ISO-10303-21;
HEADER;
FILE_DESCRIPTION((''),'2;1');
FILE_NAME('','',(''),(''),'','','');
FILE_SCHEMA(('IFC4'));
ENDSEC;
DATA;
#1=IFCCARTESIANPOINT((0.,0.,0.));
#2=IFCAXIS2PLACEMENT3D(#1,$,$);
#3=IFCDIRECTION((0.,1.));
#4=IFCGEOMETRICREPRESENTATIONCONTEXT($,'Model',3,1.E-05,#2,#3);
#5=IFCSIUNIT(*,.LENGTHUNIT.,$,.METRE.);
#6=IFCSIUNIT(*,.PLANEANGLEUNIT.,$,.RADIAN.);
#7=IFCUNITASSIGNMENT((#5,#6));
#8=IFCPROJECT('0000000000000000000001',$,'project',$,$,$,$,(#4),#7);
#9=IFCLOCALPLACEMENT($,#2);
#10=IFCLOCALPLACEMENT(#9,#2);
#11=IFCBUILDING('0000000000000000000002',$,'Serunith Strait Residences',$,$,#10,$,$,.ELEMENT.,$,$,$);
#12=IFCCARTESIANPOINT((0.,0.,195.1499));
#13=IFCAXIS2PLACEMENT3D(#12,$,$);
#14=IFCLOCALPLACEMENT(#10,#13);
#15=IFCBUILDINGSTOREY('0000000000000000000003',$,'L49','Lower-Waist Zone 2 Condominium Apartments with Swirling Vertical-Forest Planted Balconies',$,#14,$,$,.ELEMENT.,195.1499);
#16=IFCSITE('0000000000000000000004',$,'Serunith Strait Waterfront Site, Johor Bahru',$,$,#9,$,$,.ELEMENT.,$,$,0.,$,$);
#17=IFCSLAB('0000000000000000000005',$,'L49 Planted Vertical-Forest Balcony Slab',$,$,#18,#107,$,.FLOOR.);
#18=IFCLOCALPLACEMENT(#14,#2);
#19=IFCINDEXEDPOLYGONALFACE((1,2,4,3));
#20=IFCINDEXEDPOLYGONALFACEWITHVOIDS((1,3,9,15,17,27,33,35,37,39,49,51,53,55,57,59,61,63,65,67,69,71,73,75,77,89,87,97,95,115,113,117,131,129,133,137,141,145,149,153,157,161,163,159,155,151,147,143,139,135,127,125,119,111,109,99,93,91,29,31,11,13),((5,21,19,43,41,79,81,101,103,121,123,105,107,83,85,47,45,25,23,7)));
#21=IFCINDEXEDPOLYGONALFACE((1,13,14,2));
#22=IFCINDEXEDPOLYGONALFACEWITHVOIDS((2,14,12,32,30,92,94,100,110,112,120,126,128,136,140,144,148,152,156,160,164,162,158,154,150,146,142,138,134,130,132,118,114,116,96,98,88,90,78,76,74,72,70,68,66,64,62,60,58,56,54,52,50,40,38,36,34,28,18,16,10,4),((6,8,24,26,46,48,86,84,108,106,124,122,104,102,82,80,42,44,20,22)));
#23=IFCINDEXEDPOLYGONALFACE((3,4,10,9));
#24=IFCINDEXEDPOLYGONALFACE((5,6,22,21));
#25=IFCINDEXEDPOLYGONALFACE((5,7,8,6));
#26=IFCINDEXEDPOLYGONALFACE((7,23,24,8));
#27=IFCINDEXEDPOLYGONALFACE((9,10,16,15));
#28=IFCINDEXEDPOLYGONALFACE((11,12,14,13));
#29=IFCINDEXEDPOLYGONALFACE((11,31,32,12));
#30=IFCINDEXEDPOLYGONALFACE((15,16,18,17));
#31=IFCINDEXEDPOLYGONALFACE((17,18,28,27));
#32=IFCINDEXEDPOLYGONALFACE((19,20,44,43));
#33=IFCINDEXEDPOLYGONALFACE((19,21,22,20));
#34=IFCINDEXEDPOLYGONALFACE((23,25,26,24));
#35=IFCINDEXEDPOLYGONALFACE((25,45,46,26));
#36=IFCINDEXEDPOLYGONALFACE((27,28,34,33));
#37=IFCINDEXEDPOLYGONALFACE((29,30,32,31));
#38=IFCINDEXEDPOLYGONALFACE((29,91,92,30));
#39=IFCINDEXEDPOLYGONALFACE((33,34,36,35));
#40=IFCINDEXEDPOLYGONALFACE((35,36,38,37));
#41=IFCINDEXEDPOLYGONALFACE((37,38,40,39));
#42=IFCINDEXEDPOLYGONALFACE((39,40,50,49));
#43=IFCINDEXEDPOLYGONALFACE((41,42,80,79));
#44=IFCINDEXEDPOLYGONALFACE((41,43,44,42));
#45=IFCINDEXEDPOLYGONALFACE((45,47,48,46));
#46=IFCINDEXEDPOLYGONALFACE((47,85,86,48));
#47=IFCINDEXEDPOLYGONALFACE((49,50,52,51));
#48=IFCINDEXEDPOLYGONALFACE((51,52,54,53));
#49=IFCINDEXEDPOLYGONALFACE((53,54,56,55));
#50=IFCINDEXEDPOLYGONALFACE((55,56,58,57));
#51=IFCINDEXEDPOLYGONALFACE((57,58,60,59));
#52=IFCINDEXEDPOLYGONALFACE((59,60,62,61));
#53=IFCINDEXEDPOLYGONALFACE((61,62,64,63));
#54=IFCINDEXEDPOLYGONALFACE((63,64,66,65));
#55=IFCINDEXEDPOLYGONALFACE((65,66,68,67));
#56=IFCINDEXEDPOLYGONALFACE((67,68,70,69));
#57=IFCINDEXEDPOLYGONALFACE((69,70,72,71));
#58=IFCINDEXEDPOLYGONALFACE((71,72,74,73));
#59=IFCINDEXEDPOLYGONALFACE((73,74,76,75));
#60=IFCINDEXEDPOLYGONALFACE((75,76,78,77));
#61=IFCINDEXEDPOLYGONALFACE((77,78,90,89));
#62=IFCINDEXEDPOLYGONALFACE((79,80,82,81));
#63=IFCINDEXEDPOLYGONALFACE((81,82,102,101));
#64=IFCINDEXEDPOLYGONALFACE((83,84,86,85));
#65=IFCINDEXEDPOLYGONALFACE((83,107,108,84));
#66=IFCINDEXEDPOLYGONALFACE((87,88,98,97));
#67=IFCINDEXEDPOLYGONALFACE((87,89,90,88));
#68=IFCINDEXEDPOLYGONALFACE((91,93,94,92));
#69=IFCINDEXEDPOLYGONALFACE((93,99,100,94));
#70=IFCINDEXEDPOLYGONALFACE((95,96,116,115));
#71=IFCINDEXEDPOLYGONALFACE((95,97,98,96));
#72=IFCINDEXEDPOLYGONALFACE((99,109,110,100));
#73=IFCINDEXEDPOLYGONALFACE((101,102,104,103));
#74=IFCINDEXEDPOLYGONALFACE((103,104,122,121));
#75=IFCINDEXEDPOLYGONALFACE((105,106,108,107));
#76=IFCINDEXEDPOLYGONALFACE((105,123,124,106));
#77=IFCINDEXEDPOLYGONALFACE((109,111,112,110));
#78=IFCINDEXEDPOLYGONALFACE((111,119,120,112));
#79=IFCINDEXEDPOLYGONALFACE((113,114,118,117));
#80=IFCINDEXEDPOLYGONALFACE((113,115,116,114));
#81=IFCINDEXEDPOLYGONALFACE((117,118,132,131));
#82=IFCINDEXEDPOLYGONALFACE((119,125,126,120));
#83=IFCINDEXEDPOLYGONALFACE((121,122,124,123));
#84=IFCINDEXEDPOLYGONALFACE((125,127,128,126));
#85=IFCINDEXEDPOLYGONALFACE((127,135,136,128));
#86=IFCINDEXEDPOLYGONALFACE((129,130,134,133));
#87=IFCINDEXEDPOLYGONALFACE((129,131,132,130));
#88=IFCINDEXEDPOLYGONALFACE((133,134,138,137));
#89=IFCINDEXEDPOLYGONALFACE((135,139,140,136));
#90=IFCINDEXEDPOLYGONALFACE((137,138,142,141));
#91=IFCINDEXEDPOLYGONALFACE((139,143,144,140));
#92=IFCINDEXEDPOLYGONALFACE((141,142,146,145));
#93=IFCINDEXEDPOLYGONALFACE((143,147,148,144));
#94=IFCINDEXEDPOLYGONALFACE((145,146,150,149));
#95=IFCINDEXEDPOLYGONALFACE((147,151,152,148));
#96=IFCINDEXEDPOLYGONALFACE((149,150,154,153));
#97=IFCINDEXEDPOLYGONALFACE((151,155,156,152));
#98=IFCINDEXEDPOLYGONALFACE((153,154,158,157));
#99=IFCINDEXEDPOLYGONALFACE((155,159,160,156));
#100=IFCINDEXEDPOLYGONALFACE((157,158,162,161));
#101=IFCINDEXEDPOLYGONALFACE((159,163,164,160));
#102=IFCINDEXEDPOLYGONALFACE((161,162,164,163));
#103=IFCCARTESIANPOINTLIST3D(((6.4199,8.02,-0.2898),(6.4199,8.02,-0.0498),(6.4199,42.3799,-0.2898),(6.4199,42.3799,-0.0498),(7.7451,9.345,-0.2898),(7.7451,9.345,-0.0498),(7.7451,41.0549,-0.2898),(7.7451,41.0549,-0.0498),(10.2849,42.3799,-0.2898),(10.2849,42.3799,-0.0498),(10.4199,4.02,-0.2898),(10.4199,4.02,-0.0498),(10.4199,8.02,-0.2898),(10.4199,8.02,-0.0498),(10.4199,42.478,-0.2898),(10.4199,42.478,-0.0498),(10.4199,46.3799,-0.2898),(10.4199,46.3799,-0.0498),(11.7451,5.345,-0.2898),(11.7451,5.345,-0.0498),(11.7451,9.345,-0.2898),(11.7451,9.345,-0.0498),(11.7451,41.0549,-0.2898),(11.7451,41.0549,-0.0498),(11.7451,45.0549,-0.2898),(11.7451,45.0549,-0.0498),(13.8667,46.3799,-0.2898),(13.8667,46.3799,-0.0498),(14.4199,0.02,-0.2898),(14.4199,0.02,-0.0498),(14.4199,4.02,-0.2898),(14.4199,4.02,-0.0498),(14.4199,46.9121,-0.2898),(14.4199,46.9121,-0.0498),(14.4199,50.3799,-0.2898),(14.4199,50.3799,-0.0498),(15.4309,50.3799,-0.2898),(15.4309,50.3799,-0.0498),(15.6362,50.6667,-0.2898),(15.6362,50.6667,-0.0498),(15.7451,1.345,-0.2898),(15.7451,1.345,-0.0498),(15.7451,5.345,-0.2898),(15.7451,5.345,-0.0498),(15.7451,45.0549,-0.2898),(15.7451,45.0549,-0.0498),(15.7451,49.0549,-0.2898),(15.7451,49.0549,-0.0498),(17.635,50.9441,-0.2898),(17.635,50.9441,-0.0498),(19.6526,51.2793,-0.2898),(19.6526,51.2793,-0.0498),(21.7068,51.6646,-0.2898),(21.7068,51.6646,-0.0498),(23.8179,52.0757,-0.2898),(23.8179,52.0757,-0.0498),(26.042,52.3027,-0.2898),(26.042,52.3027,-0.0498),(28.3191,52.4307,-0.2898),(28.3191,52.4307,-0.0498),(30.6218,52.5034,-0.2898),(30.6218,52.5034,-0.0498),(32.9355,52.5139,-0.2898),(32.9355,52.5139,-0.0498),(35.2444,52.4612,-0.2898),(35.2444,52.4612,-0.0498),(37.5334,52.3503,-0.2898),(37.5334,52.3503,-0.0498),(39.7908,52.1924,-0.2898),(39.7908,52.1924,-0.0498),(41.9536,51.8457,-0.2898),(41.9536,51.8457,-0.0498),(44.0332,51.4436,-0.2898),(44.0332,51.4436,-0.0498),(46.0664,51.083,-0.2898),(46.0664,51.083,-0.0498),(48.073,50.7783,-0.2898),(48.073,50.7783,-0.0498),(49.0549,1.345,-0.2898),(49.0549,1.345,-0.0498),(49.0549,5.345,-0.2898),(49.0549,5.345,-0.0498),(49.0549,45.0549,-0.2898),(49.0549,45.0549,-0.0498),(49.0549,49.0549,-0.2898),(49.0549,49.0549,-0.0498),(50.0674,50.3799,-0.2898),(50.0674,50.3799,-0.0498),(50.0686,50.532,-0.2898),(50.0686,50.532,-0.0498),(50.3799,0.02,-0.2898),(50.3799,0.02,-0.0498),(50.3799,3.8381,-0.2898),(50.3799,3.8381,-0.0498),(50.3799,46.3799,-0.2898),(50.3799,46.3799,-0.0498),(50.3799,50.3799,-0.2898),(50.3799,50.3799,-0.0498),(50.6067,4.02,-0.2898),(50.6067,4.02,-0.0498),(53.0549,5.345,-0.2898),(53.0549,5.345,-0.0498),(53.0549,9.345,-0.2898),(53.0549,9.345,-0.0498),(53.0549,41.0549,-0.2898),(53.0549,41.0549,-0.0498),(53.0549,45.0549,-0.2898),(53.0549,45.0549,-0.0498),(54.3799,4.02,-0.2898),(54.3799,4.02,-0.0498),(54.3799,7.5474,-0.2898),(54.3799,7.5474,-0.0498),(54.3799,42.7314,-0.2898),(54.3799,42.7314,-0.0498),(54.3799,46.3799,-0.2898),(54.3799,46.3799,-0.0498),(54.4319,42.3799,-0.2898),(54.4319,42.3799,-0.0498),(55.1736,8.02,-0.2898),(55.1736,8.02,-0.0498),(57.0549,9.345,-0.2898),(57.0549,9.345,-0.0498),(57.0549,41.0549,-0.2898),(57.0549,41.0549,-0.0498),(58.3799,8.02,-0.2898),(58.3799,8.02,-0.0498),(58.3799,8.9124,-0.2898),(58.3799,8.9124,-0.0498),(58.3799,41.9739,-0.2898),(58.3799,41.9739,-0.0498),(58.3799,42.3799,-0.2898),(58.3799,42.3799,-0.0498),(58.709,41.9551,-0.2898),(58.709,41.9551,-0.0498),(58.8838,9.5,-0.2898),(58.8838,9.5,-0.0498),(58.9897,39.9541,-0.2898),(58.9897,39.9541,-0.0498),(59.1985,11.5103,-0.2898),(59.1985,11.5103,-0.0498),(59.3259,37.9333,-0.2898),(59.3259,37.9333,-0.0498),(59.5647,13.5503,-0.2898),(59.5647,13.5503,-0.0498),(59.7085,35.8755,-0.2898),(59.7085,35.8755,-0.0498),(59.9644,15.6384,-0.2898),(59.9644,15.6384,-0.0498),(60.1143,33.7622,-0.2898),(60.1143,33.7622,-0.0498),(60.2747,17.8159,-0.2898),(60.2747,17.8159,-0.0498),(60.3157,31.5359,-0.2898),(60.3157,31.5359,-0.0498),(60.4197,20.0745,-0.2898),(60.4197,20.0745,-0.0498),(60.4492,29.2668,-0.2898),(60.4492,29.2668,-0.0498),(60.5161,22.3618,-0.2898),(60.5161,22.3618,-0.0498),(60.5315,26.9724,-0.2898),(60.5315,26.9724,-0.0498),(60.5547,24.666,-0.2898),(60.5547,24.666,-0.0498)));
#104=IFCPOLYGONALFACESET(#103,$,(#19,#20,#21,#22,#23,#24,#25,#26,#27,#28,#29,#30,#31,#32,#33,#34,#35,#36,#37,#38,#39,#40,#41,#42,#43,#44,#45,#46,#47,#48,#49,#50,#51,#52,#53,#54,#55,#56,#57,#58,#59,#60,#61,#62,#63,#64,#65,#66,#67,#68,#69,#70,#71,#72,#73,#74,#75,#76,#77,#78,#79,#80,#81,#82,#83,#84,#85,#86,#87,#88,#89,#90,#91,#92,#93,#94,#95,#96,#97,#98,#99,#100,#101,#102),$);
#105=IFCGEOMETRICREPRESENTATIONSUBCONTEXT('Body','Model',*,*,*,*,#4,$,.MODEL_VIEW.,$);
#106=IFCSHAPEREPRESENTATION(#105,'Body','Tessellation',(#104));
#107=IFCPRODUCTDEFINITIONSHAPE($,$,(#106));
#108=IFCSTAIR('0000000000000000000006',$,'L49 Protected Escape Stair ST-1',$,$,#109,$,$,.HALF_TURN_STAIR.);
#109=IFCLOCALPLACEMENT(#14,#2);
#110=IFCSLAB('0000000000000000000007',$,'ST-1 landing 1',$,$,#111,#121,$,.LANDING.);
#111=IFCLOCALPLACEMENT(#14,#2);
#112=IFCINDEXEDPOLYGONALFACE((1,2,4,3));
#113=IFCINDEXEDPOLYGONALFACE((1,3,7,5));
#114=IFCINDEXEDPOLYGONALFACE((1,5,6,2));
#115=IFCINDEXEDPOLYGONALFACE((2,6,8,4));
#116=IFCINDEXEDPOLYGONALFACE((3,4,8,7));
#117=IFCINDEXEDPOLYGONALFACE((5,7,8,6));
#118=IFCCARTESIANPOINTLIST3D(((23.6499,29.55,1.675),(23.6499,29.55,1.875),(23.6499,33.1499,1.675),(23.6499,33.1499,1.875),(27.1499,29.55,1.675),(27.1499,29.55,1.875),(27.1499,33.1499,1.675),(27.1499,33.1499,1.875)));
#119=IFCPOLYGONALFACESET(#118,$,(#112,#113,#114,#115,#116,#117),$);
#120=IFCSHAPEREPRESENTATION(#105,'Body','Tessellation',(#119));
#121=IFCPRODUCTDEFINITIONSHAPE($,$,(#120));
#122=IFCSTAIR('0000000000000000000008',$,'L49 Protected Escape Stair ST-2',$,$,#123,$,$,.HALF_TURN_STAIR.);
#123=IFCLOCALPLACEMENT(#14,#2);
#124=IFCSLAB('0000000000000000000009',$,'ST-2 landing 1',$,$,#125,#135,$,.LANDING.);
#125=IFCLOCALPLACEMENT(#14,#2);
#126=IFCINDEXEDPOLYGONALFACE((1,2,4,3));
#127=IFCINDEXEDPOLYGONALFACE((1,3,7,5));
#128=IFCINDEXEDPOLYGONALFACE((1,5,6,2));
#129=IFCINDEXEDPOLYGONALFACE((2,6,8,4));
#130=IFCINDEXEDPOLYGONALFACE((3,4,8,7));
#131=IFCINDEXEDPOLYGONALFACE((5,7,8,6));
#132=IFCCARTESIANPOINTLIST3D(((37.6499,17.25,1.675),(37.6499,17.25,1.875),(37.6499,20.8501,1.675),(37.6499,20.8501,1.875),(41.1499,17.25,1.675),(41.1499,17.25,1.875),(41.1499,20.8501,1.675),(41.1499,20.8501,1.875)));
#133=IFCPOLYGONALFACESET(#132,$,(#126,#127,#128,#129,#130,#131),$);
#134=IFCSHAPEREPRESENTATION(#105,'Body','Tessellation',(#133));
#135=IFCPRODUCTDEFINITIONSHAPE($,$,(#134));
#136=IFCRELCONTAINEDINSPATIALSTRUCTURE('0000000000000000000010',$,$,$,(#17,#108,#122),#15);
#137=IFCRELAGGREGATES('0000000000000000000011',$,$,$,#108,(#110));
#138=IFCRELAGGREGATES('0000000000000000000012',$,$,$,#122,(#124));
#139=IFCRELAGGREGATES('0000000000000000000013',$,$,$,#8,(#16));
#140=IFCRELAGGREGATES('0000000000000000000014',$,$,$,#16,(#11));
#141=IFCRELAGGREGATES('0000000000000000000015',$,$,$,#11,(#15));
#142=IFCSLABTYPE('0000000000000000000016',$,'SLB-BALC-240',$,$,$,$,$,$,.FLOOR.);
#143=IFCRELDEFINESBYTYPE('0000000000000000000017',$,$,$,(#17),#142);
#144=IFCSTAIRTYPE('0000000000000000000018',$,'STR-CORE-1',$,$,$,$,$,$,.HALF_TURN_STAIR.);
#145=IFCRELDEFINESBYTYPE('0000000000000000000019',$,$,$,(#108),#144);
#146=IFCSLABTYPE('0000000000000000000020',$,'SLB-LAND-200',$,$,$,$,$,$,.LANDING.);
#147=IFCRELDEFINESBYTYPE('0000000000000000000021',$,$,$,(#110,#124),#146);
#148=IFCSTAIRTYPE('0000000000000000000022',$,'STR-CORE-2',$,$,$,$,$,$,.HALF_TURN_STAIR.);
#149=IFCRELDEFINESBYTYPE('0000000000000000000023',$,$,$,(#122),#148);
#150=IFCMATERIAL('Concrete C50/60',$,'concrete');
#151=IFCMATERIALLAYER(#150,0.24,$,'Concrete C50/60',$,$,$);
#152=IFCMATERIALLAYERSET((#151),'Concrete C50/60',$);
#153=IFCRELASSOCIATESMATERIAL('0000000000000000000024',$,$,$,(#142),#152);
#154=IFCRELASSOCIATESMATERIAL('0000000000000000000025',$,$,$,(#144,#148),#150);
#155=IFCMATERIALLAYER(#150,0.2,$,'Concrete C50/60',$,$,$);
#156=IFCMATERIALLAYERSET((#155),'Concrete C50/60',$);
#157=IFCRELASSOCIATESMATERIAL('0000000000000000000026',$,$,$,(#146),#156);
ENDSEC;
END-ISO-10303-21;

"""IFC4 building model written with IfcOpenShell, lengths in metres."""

from ifc_helpers import new_model, si_unit, direction, frame, origin, place, context, subcontext, project, spatial, polyline, outline, extrude, material, layer, layer_set, type_object, element, aggregate, save


model = new_model("IFC4")

# Units and contexts
model_context = context("Model", 3, precision=1e-05, world=origin(), true_north=direction((0.0, 1.0)))
body_context = subcontext(model_context, "Body", "Model", "MODEL_VIEW")
ifc_project = project(units=[si_unit("LENGTHUNIT", "METRE"), si_unit("PLANEANGLEUNIT", "RADIAN")], contexts=[model_context])

# Site, building, storey
site_placement = place(None, origin())
site = spatial("IfcSite", under=ifc_project, at=site_placement, Name="Serunith Strait Waterfront Site, Johor Bahru", CompositionType="ELEMENT", RefElevation=0.0)
building_placement = place(site_placement, origin())
building = spatial("IfcBuilding", under=site, at=building_placement, Name="Serunith Strait Residences", CompositionType="ELEMENT")
storey_placement = place(building_placement, frame((0.0, 0.0, 195.1499)))
storey = spatial("IfcBuildingStorey", under=building, at=storey_placement, Name="L49", Description="Lower-Waist Zone 2 Condominium Apartments with Swirling Vertical-Forest Planted Balconies", CompositionType="ELEMENT", Elevation=195.1499)

# Slab
ifc_material_1 = material(Name="Concrete C50/60", Category="concrete")
ifc_layer_1 = layer(ifc_material_1, 0.24, Name="Concrete C50/60")
ifc_layer_set_1 = layer_set([ifc_layer_1], Name="Concrete C50/60")
slab_type_1 = type_object("IfcSlabType", Name="SLB-BALC-240", PredefinedType="FLOOR", material=ifc_layer_set_1)
slab_1_placement = place(storey_placement, frame((0.0, 0.0, -0.2898)))
element("IfcSlab", 1, at=slab_1_placement, inside=storey, type_object=slab_type_1, Name="L49 Planted Vertical-Forest Balcony Slab", PredefinedType="FLOOR", context=body_context, shape_type="SweptSolid", body=[
    extrude(outline(polyline([(10.4199, 46.3799), (13.8667, 46.3799), (14.4199, 46.9121), (14.4199, 50.3799), (15.4309, 50.3799), (15.6362, 50.6667), (17.635, 50.9441), (19.6526, 51.2793), (21.7068, 51.6646), (23.8179, 52.0757), (26.042, 52.3027), (28.3191, 52.4307), (30.6218, 52.5034), (32.9355, 52.5139), (35.2444, 52.4612), (37.5334, 52.3503), (39.7908, 52.1924), (41.9536, 51.8457), (44.0332, 51.4436), (46.0664, 51.083), (48.073, 50.7783), (50.0686, 50.532), (50.0674, 50.3799), (50.3799, 50.3799), (50.3799, 46.3799), (54.3799, 46.3799), (54.3799, 42.7314), (54.4319, 42.3799), (58.3799, 42.3799), (58.3799, 41.9739), (58.709, 41.9551), (58.9897, 39.9541), (59.3259, 37.9333), (59.7085, 35.8755), (60.1143, 33.7622), (60.3157, 31.5359), (60.4492, 29.2668), (60.5315, 26.9724), (60.5547, 24.666), (60.5161, 22.3618), (60.4197, 20.0745), (60.2747, 17.8159), (59.9644, 15.6384), (59.5647, 13.5503), (59.1985, 11.5103), (58.8838, 9.5), (58.3799, 8.9124), (58.3799, 8.02), (55.1736, 8.02), (54.3799, 7.5474), (54.3799, 4.02), (50.6067, 4.02), (50.3799, 3.8381), (50.3799, 0.02), (14.4199, 0.02), (14.4199, 4.02), (10.4199, 4.02), (10.4199, 8.02), (6.4199, 8.02), (6.4199, 42.3799), (10.2849, 42.3799), (10.4199, 42.478), (10.4199, 46.3799)]), holes=[polyline([(49.0549, 1.345), (49.0549, 5.345), (53.0549, 5.345), (53.0549, 9.345), (57.0549, 9.345), (57.0549, 41.0549), (53.0549, 41.0549), (53.0549, 45.0549), (49.0549, 45.0549), (49.0549, 49.0549), (15.7451, 49.0549), (15.7451, 45.0549), (11.7451, 45.0549), (11.7451, 41.0549), (7.7451, 41.0549), (7.7451, 9.345), (11.7451, 9.345), (11.7451, 5.345), (15.7451, 5.345), (15.7451, 1.345), (49.0549, 1.345)])]), origin(), (0.0, 0.0, 1.0), 0.24),
])

# Stairs, slabs
stair_type_1 = type_object("IfcStairType", Name="STR-CORE-1", PredefinedType="HALF_TURN_STAIR", material=ifc_material_1)
stair_1_placement = place(storey_placement, origin())
stair_1 = element("IfcStair", 2, at=stair_1_placement, inside=storey, type_object=stair_type_1, Name="L49 Protected Escape Stair ST-1", PredefinedType="HALF_TURN_STAIR")
ifc_layer_2 = layer(ifc_material_1, 0.2, Name="Concrete C50/60")
ifc_layer_set_2 = layer_set([ifc_layer_2], Name="Concrete C50/60")
slab_type_2 = type_object("IfcSlabType", Name="SLB-LAND-200", PredefinedType="LANDING", material=ifc_layer_set_2)
slab_2_placement = place(storey_placement, frame((0.0, 0.0, 1.675)))
slab_2 = element("IfcSlab", 3, at=slab_2_placement, type_object=slab_type_2, Name="ST-1 landing 1", PredefinedType="LANDING", context=body_context, shape_type="SweptSolid", body=[
    extrude(outline(polyline([(27.1499, 29.55), (27.1499, 33.1499), (23.6499, 33.1499), (23.6499, 29.55), (27.1499, 29.55)])), origin(), (0.0, 0.0, 1.0), 0.2),
])
aggregate(stair_1, [slab_2])
stair_type_2 = type_object("IfcStairType", Name="STR-CORE-2", PredefinedType="HALF_TURN_STAIR", material=ifc_material_1)
stair_2_placement = place(storey_placement, origin())
stair_2 = element("IfcStair", 4, at=stair_2_placement, inside=storey, type_object=stair_type_2, Name="L49 Protected Escape Stair ST-2", PredefinedType="HALF_TURN_STAIR")
slab_3_placement = place(storey_placement, frame((0.0, 0.0, 1.675)))
slab_3 = element("IfcSlab", 5, at=slab_3_placement, type_object=slab_type_2, Name="ST-2 landing 1", PredefinedType="LANDING", context=body_context, shape_type="SweptSolid", body=[
    extrude(outline(polyline([(37.6499, 20.8501), (37.6499, 17.25), (41.1499, 17.25), (41.1499, 20.8501), (37.6499, 20.8501)])), origin(), (0.0, 0.0, 1.0), 0.2),
])
aggregate(stair_2, [slab_3])

save(model, "model.ifc")
